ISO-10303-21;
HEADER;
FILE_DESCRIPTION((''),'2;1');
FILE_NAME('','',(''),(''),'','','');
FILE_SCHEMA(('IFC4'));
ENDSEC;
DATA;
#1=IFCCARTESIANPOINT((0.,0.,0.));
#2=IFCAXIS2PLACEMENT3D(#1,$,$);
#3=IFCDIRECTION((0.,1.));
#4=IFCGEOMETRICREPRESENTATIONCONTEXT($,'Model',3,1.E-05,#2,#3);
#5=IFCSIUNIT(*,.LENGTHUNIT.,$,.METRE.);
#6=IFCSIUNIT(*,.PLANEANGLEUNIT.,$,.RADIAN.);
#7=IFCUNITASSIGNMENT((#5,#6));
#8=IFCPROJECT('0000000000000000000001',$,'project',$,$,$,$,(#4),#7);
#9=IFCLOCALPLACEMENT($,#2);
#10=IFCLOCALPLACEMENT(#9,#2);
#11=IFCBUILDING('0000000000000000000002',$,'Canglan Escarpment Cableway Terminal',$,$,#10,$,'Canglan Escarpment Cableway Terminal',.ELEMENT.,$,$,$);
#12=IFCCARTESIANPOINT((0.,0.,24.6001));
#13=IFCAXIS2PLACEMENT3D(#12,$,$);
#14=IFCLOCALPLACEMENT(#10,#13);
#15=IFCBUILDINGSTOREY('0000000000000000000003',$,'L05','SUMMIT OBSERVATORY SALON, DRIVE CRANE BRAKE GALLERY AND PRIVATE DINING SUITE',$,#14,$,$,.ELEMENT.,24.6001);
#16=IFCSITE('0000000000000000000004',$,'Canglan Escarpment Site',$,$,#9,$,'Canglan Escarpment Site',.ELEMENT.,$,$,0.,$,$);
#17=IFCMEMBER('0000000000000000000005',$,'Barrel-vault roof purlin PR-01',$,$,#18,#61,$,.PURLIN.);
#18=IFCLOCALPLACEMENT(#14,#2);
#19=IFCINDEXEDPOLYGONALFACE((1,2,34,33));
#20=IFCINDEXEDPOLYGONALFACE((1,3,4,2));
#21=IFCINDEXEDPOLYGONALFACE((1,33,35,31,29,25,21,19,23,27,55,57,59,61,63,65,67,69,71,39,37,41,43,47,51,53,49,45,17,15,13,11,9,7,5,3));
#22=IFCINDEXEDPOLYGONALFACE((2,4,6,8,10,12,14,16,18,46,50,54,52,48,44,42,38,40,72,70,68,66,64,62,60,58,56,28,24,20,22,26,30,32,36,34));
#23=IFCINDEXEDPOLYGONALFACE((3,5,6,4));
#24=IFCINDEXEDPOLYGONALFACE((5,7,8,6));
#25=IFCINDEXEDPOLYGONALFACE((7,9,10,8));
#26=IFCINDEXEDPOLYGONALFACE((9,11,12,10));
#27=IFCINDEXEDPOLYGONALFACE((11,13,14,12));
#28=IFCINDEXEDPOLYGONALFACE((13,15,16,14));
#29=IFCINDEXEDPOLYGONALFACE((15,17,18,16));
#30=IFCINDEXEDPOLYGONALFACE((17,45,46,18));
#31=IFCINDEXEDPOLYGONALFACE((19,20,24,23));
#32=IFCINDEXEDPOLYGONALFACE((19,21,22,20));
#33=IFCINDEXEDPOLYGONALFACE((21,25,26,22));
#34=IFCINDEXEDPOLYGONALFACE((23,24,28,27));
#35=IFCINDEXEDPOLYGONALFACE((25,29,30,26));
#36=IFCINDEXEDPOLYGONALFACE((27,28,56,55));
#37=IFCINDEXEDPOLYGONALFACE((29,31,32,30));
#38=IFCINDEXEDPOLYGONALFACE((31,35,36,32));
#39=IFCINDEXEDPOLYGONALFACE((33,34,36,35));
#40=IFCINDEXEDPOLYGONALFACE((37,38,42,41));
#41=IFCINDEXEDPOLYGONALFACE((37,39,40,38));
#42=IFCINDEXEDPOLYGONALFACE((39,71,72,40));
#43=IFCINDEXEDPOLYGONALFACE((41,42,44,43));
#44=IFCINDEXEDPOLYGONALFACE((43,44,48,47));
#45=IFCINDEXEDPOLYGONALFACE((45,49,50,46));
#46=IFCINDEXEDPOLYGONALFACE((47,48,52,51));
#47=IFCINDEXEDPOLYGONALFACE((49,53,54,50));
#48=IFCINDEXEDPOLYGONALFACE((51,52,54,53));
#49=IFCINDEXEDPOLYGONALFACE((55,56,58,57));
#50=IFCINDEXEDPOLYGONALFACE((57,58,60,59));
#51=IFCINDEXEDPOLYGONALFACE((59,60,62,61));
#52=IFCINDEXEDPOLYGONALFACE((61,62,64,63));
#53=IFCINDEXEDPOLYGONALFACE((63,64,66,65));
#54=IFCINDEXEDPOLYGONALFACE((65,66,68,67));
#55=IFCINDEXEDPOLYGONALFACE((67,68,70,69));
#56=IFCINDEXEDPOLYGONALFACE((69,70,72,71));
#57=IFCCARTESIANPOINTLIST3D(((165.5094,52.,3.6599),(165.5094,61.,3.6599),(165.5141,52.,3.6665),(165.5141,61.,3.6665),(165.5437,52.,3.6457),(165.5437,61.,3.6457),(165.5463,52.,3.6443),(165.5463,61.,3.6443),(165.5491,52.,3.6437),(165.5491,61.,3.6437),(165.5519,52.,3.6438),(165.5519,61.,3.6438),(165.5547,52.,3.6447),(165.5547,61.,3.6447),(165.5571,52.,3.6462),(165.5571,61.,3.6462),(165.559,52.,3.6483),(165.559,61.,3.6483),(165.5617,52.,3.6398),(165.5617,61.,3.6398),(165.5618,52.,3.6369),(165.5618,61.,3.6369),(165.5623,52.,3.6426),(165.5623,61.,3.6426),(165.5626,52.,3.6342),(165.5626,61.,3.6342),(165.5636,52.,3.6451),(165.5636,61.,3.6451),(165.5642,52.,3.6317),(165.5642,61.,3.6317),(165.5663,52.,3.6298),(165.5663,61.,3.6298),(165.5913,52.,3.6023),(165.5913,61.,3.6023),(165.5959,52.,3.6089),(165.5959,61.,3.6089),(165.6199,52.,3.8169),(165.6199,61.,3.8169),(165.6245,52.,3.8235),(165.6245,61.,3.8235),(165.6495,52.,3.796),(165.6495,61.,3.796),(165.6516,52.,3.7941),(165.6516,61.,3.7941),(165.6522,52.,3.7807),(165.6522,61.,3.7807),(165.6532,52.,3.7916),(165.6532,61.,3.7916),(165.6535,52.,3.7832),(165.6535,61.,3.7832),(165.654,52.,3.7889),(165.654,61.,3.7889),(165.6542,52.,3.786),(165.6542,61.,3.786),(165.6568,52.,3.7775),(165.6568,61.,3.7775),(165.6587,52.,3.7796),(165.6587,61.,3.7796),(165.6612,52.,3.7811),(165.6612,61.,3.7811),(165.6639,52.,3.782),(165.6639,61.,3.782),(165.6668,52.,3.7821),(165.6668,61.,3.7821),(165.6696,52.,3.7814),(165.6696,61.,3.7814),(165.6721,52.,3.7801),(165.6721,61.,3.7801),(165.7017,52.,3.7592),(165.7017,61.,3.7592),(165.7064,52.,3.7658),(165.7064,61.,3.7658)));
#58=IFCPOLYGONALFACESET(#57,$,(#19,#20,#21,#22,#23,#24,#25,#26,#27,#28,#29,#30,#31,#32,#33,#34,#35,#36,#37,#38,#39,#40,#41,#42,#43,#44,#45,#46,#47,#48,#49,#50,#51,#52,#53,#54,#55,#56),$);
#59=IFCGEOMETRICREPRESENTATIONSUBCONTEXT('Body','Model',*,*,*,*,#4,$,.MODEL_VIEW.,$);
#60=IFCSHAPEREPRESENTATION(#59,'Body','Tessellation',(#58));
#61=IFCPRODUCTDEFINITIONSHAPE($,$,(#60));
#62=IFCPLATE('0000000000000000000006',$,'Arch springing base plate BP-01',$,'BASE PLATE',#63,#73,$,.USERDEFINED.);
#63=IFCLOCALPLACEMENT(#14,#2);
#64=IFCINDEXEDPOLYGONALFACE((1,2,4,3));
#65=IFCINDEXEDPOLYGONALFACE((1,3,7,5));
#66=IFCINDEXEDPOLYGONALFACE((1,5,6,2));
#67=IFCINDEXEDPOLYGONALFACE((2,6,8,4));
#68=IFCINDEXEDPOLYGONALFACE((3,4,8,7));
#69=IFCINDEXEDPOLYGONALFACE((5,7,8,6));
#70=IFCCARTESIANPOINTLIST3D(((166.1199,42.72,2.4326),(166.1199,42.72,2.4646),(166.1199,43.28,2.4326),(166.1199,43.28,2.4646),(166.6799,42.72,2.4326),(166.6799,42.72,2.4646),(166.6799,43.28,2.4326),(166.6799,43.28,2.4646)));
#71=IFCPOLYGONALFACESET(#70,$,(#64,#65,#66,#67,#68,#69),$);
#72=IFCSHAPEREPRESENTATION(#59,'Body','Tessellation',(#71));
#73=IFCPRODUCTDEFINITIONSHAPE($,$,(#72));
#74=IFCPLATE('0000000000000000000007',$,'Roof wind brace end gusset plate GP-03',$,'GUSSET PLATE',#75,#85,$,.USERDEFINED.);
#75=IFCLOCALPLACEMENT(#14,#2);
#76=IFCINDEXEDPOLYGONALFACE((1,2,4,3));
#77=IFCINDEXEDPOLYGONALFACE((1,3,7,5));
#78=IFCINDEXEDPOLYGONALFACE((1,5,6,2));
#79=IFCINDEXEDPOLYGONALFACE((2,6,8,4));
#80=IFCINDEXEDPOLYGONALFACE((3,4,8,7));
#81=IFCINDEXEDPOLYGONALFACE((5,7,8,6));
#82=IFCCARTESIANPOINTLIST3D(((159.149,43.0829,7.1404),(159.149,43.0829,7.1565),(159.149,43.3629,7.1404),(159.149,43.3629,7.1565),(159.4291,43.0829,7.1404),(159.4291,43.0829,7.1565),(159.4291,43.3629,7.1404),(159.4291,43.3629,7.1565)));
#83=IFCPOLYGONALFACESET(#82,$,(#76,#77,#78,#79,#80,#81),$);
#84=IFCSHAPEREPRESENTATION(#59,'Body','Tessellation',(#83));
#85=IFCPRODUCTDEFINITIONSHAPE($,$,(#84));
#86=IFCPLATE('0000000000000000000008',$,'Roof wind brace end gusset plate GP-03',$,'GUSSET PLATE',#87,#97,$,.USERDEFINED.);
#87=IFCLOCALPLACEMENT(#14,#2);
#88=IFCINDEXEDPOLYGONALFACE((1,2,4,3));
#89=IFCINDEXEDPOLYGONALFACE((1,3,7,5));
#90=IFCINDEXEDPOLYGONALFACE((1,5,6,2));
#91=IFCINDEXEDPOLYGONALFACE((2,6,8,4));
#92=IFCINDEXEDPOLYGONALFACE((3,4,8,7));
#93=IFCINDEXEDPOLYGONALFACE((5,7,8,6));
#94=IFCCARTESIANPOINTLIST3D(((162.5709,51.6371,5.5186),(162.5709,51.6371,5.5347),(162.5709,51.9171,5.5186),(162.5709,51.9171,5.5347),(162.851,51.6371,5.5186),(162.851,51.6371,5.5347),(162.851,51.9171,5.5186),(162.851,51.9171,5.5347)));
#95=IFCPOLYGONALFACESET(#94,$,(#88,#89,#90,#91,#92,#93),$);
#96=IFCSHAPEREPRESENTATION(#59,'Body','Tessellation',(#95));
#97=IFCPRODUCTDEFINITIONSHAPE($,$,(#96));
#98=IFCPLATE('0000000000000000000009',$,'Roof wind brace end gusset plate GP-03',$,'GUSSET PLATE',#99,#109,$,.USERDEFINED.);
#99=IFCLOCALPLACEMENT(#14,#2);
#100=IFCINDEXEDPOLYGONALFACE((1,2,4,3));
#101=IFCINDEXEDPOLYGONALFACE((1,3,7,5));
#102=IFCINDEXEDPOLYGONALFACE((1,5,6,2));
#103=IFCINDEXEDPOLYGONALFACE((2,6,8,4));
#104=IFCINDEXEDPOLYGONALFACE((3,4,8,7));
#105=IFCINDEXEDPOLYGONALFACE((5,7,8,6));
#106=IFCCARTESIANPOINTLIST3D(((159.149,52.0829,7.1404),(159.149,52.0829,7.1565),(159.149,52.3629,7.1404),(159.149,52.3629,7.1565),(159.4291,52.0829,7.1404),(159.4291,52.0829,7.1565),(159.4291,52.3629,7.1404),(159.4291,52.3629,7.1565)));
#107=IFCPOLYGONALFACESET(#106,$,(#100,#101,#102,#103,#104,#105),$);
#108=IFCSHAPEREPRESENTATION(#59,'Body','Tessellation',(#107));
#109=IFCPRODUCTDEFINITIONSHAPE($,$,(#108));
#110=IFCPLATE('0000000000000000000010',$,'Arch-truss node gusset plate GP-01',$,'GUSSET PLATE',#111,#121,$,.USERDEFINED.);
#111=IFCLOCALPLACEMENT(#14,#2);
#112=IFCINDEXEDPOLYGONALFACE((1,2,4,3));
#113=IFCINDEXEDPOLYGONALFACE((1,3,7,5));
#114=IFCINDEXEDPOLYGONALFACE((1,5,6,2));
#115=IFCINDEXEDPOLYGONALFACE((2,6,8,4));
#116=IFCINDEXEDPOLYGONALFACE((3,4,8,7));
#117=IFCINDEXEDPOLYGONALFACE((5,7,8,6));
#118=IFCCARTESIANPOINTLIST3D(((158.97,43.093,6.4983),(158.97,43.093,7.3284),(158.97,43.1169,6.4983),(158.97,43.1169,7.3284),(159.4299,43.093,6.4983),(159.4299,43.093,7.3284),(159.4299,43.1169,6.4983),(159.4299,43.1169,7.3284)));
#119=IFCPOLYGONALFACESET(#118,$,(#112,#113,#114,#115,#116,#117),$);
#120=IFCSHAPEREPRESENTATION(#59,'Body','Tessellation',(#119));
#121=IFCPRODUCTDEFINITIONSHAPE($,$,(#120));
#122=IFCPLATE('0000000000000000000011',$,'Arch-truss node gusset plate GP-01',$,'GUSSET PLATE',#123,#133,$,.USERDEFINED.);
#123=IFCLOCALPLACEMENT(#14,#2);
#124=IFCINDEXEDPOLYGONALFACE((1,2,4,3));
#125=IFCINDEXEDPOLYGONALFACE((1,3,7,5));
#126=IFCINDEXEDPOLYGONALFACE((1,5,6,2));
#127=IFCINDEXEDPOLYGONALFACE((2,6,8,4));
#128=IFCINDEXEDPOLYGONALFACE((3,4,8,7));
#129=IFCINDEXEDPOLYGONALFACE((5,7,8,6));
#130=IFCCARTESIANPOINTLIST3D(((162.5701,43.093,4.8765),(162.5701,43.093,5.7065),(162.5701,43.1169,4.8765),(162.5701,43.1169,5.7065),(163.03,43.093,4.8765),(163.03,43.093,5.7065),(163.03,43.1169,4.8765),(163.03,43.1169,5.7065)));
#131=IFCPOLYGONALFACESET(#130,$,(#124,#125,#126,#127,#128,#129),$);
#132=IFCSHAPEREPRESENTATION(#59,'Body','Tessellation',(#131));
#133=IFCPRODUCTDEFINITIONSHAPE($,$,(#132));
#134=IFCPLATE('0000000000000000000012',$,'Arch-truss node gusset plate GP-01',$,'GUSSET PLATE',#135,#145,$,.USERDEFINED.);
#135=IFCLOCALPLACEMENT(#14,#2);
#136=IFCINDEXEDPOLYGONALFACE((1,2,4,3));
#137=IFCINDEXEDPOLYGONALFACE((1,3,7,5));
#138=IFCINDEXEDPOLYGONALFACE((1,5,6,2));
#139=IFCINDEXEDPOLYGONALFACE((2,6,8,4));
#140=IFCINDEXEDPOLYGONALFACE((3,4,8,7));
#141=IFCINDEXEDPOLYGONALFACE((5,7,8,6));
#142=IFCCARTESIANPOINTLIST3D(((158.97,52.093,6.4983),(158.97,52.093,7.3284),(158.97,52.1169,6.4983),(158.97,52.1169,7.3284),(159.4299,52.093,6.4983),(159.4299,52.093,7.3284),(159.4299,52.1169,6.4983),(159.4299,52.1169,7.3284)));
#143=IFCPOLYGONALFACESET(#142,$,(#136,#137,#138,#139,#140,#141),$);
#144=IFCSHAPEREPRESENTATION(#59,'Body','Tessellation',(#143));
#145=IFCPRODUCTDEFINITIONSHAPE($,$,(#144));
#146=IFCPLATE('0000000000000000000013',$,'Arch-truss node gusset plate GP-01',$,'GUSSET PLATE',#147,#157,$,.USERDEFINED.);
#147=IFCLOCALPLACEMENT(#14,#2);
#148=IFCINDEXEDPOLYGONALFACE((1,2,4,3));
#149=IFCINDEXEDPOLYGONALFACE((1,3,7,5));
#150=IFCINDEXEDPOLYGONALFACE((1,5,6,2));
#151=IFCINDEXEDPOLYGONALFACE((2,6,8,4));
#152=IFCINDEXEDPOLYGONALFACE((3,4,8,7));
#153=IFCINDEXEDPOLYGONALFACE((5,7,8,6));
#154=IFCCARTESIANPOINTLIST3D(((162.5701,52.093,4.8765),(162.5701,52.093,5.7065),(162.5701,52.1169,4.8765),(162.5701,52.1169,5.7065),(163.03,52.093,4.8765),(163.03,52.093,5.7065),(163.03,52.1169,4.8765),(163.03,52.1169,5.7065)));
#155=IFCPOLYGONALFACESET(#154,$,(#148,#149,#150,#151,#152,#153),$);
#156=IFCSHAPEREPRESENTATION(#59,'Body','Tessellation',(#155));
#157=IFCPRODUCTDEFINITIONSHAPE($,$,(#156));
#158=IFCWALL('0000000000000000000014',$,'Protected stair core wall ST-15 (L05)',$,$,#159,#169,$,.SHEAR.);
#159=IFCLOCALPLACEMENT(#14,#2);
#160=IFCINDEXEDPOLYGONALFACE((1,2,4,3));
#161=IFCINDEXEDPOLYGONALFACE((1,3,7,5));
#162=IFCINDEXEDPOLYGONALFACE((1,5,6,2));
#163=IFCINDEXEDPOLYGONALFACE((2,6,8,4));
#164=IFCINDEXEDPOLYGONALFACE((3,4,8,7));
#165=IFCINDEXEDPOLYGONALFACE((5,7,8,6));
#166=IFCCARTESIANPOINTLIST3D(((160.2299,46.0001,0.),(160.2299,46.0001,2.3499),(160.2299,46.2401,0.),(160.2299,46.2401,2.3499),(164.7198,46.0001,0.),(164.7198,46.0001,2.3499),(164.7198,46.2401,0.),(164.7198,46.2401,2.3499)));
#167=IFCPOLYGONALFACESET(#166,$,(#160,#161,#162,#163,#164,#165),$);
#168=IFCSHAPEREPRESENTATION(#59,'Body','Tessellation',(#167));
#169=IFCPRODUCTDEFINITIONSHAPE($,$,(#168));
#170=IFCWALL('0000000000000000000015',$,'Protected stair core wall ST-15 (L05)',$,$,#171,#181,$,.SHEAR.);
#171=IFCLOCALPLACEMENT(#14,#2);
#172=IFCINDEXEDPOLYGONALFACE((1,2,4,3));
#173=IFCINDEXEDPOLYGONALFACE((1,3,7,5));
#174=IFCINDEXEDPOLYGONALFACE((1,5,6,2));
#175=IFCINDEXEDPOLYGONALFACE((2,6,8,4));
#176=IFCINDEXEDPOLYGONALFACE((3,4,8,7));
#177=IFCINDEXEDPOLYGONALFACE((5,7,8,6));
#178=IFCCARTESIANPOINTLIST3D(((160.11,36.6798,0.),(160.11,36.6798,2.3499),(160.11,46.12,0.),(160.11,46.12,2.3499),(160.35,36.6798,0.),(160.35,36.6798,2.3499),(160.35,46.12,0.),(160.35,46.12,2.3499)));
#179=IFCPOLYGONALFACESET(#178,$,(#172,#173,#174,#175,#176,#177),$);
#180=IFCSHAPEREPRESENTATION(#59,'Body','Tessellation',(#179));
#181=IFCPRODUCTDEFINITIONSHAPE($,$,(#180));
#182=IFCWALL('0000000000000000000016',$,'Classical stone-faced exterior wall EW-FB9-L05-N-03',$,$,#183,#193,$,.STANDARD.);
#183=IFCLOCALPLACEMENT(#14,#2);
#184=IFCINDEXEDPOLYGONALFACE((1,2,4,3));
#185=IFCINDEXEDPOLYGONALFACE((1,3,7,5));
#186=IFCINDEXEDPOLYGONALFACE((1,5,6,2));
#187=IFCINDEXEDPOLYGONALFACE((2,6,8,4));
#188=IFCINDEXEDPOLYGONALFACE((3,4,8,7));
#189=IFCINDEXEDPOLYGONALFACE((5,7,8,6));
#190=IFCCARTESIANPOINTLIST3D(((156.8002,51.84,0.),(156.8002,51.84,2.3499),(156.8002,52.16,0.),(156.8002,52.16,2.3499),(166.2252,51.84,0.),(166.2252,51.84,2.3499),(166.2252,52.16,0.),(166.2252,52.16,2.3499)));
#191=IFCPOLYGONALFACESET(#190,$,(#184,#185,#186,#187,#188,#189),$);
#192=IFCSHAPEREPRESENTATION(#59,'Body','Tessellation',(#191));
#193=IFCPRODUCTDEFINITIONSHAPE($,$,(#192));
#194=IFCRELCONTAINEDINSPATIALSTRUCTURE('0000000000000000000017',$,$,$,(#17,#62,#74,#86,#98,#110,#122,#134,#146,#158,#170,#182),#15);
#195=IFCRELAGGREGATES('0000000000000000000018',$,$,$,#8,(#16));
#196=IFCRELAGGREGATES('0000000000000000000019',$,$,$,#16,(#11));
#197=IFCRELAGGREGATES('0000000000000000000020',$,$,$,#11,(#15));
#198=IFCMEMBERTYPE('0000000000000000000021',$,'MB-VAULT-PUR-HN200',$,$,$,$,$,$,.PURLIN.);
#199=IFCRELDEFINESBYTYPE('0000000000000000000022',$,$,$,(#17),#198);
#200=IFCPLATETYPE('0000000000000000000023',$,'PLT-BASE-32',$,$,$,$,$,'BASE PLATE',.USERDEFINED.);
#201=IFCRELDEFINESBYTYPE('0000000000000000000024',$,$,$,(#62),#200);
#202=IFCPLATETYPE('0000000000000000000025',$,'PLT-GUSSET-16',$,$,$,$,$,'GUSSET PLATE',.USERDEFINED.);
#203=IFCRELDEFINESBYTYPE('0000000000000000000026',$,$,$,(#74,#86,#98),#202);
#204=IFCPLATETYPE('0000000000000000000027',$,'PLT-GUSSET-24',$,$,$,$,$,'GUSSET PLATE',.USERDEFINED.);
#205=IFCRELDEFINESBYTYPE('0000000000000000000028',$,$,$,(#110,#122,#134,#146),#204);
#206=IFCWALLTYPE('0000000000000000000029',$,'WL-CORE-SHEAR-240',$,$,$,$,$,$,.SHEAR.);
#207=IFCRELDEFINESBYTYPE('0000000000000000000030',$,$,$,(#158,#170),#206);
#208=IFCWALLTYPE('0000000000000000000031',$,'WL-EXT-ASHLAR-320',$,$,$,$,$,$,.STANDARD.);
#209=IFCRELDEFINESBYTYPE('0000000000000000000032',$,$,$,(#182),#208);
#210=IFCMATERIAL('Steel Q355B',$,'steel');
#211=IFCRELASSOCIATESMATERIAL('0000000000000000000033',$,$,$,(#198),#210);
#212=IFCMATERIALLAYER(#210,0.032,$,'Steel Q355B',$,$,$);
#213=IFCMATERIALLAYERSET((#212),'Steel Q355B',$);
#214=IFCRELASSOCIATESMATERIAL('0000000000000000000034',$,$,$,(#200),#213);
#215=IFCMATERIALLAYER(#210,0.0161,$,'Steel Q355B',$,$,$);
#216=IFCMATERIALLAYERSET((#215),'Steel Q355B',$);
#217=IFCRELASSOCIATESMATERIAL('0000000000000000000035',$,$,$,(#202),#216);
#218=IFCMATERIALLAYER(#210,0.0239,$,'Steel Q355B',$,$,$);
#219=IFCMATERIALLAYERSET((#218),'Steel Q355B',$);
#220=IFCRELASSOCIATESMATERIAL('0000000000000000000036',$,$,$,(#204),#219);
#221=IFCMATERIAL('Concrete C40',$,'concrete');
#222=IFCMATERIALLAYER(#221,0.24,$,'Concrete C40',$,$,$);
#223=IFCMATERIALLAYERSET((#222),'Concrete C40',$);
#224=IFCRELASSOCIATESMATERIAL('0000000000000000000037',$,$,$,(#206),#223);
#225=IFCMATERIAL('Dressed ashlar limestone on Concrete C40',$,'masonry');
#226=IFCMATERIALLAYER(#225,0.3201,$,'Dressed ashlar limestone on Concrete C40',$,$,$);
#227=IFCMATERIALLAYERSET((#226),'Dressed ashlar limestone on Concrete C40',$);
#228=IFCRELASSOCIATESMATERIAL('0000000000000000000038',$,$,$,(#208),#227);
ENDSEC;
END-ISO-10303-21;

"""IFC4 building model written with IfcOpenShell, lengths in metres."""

from ifc_helpers import new_model, si_unit, direction, frame, frame_2d, origin, origin_2d, place, context, subcontext, project, spatial, rectangle, i_section, extrude, material, layer, layer_set, material_profile, profile_set, type_object, element, save


model = new_model("IFC4")

# Units and contexts
model_context = context("Model", 3, precision=1e-05, world=origin(), true_north=direction((0.0, 1.0)))
body_context = subcontext(model_context, "Body", "Model", "MODEL_VIEW")
ifc_project = project(units=[si_unit("LENGTHUNIT", "METRE"), si_unit("PLANEANGLEUNIT", "RADIAN")], contexts=[model_context])

# Site, building, storey
site_placement = place(None, origin())
site = spatial("IfcSite", under=ifc_project, at=site_placement, Name="Canglan Escarpment Site", LongName="Canglan Escarpment Site", CompositionType="ELEMENT", RefElevation=0.0)
building_placement = place(site_placement, origin())
building = spatial("IfcBuilding", under=site, at=building_placement, Name="Canglan Escarpment Cableway Terminal", LongName="Canglan Escarpment Cableway Terminal", CompositionType="ELEMENT")
storey_placement = place(building_placement, frame((0.0, 0.0, 24.6001)))
storey = spatial("IfcBuildingStorey", under=building, at=storey_placement, Name="L05", Description="SUMMIT OBSERVATORY SALON, DRIVE CRANE BRAKE GALLERY AND PRIVATE DINING SUITE", CompositionType="ELEMENT", Elevation=24.6001)

# Shared definitions
ifc_material_1 = material(Name="Steel Q355B", Category="steel")

# Member
ifc_material_profile_1 = material_profile(ifc_material_1, i_section(OverallWidth=0.1001, OverallDepth=0.2, WebThickness=0.0056, FlangeThickness=0.0081, FilletRadius=0.011, at=origin_2d()), Name="HN 200x100x5.5x8")
ifc_profile_set_1 = profile_set([ifc_material_profile_1], Name="Steel Q355B")
member_type_1 = type_object("IfcMemberType", Name="MB-VAULT-PUR-HN200", PredefinedType="PURLIN", material=ifc_profile_set_1)
for number, where, z_axis, x_axis, name in (
    (1, (165.6079, 52.0, 3.7129), (0.0, 1.0, 0.0), (-0.817728, 0.0, 0.575605), "Barrel-vault roof purlin PR-01"),
):
    element("IfcMember", number, at=place(storey_placement, frame(where, z_axis=z_axis, x_axis=x_axis)), inside=storey, type_object=member_type_1, Name=name, PredefinedType="PURLIN", context=body_context, shape_type="SweptSolid", body=[
        extrude(i_section(OverallWidth=0.1001, OverallDepth=0.2, WebThickness=0.0056, FlangeThickness=0.0081, FilletRadius=0.011, at=origin_2d()), origin(), (0.0, 0.0, 1.0), 9.0),
    ])

# Plates
ifc_layer_1 = layer(ifc_material_1, 0.032, Name="Steel Q355B")
ifc_layer_set_1 = layer_set([ifc_layer_1], Name="Steel Q355B")
plate_type_1 = type_object("IfcPlateType", Name="PLT-BASE-32", ElementType="BASE PLATE", PredefinedType="USERDEFINED", material=ifc_layer_set_1)
plate_placement = place(storey_placement, frame((166.3999, 43.0, 2.4326), z_axis=(0.0, 0.0, 1.0), x_axis=(1.0, 0.0, 0.0)))
element("IfcPlate", 2, at=plate_placement, inside=storey, type_object=plate_type_1, Name="Arch springing base plate BP-01", ObjectType="BASE PLATE", PredefinedType="USERDEFINED", context=body_context, shape_type="SweptSolid", body=[
    extrude(rectangle(XDim=0.5601, YDim=0.5601, at=origin_2d()), origin(), (0.0, 0.0, 1.0), 0.032),
])
ifc_layer_2 = layer(ifc_material_1, 0.0161, Name="Steel Q355B")
ifc_layer_set_2 = layer_set([ifc_layer_2], Name="Steel Q355B")
plate_type_2 = type_object("IfcPlateType", Name="PLT-GUSSET-16", ElementType="GUSSET PLATE", PredefinedType="USERDEFINED", material=ifc_layer_set_2)
for number, where, z_axis, x_axis, name in (
    (3, (159.2891, 43.2229, 7.1404), (0.0, 0.0, 1.0), (1.0, 0.0, 0.0), "Roof wind brace end gusset plate GP-03"),
    (4, (162.7109, 51.7771, 5.5186), (0.0, 0.0, 1.0), (1.0, 0.0, 0.0), "Roof wind brace end gusset plate GP-03"),
    (5, (159.2891, 52.2229, 7.1404), (0.0, 0.0, 1.0), (1.0, 0.0, 0.0), "Roof wind brace end gusset plate GP-03"),
):
    element("IfcPlate", number, at=place(storey_placement, frame(where, z_axis=z_axis, x_axis=x_axis)), inside=storey, type_object=plate_type_2, Name=name, ObjectType="GUSSET PLATE", PredefinedType="USERDEFINED", context=body_context, shape_type="SweptSolid", body=[
        extrude(rectangle(XDim=0.28, YDim=0.28, at=origin_2d()), origin(), (0.0, 0.0, 1.0), 0.0161),
    ])
ifc_layer_3 = layer(ifc_material_1, 0.0239, Name="Steel Q355B")
ifc_layer_set_3 = layer_set([ifc_layer_3], Name="Steel Q355B")
plate_type_3 = type_object("IfcPlateType", Name="PLT-GUSSET-24", ElementType="GUSSET PLATE", PredefinedType="USERDEFINED", material=ifc_layer_set_3)
for number, where, z_axis, x_axis, name in (
    (6, (159.2, 43.105, 6.4983), (0.0, 0.0, 1.0), (1.0, 0.0, 0.0), "Arch-truss node gusset plate GP-01"),
    (7, (162.8, 43.105, 4.8765), (0.0, 0.0, 1.0), (1.0, 0.0, 0.0), "Arch-truss node gusset plate GP-01"),
    (8, (159.2, 52.105, 6.4983), (0.0, 0.0, 1.0), (1.0, 0.0, 0.0), "Arch-truss node gusset plate GP-01"),
    (9, (162.8, 52.105, 4.8765), (0.0, 0.0, 1.0), (1.0, 0.0, 0.0), "Arch-truss node gusset plate GP-01"),
):
    element("IfcPlate", number, at=place(storey_placement, frame(where, z_axis=z_axis, x_axis=x_axis)), inside=storey, type_object=plate_type_3, Name=name, ObjectType="GUSSET PLATE", PredefinedType="USERDEFINED", context=body_context, shape_type="SweptSolid", body=[
        extrude(rectangle(XDim=0.46, YDim=0.0239, at=origin_2d()), origin(), (0.0, 0.0, 1.0), 0.8301),
    ])

# Walls
ifc_material_2 = material(Name="Concrete C40", Category="concrete")
ifc_layer_4 = layer(ifc_material_2, 0.24, Name="Concrete C40")
ifc_layer_set_4 = layer_set([ifc_layer_4], Name="Concrete C40")
wall_type_1 = type_object("IfcWallType", Name="WL-CORE-SHEAR-240", PredefinedType="SHEAR", material=ifc_layer_set_4)
wall_1_placement = place(storey_placement, frame((164.72, 46.1201, 0.0), z_axis=(0.0, 0.0, 1.0), x_axis=(-1.0, 0.0, 0.0)))
element("IfcWall", 10, at=wall_1_placement, inside=storey, type_object=wall_type_1, Name="Protected stair core wall ST-15 (L05)", PredefinedType="SHEAR", context=body_context, shape_type="SweptSolid", body=[
    extrude(rectangle(XDim=4.49, YDim=0.24, at=frame_2d((2.2451, 0.0))), origin(), (0.0, 0.0, 1.0), 2.3499),
])
wall_2_placement = place(storey_placement, frame((160.23, 46.1201, 0.0), z_axis=(0.0, 0.0, 1.0), x_axis=(0.0, -1.0, 0.0)))
element("IfcWall", 11, at=wall_2_placement, inside=storey, type_object=wall_type_1, Name="Protected stair core wall ST-15 (L05)", PredefinedType="SHEAR", context=body_context, shape_type="SweptSolid", body=[
    extrude(rectangle(XDim=9.4402, YDim=0.24, at=frame_2d((4.7202, 0.0))), origin(), (0.0, 0.0, 1.0), 2.3499),
])
ifc_material_3 = material(Name="Dressed ashlar limestone on Concrete C40", Category="masonry")
ifc_layer_5 = layer(ifc_material_3, 0.3201, Name="Dressed ashlar limestone on Concrete C40")
ifc_layer_set_5 = layer_set([ifc_layer_5], Name="Dressed ashlar limestone on Concrete C40")
wall_type_2 = type_object("IfcWallType", Name="WL-EXT-ASHLAR-320", PredefinedType="STANDARD", material=ifc_layer_set_5)
wall_3_placement = place(storey_placement, frame((166.2251, 52.0, 0.0), z_axis=(0.0, 0.0, 1.0), x_axis=(-1.0, 0.0, 0.0)))
element("IfcWall", 12, at=wall_3_placement, inside=storey, type_object=wall_type_2, Name="Classical stone-faced exterior wall EW-FB9-L05-N-03", PredefinedType="STANDARD", context=body_context, shape_type="SweptSolid", body=[
    extrude(rectangle(XDim=9.425, YDim=0.3201, at=frame_2d((4.7124, 0.0))), origin(), (0.0, 0.0, 1.0), 2.3499),
])

save(model, "model.ifc")
